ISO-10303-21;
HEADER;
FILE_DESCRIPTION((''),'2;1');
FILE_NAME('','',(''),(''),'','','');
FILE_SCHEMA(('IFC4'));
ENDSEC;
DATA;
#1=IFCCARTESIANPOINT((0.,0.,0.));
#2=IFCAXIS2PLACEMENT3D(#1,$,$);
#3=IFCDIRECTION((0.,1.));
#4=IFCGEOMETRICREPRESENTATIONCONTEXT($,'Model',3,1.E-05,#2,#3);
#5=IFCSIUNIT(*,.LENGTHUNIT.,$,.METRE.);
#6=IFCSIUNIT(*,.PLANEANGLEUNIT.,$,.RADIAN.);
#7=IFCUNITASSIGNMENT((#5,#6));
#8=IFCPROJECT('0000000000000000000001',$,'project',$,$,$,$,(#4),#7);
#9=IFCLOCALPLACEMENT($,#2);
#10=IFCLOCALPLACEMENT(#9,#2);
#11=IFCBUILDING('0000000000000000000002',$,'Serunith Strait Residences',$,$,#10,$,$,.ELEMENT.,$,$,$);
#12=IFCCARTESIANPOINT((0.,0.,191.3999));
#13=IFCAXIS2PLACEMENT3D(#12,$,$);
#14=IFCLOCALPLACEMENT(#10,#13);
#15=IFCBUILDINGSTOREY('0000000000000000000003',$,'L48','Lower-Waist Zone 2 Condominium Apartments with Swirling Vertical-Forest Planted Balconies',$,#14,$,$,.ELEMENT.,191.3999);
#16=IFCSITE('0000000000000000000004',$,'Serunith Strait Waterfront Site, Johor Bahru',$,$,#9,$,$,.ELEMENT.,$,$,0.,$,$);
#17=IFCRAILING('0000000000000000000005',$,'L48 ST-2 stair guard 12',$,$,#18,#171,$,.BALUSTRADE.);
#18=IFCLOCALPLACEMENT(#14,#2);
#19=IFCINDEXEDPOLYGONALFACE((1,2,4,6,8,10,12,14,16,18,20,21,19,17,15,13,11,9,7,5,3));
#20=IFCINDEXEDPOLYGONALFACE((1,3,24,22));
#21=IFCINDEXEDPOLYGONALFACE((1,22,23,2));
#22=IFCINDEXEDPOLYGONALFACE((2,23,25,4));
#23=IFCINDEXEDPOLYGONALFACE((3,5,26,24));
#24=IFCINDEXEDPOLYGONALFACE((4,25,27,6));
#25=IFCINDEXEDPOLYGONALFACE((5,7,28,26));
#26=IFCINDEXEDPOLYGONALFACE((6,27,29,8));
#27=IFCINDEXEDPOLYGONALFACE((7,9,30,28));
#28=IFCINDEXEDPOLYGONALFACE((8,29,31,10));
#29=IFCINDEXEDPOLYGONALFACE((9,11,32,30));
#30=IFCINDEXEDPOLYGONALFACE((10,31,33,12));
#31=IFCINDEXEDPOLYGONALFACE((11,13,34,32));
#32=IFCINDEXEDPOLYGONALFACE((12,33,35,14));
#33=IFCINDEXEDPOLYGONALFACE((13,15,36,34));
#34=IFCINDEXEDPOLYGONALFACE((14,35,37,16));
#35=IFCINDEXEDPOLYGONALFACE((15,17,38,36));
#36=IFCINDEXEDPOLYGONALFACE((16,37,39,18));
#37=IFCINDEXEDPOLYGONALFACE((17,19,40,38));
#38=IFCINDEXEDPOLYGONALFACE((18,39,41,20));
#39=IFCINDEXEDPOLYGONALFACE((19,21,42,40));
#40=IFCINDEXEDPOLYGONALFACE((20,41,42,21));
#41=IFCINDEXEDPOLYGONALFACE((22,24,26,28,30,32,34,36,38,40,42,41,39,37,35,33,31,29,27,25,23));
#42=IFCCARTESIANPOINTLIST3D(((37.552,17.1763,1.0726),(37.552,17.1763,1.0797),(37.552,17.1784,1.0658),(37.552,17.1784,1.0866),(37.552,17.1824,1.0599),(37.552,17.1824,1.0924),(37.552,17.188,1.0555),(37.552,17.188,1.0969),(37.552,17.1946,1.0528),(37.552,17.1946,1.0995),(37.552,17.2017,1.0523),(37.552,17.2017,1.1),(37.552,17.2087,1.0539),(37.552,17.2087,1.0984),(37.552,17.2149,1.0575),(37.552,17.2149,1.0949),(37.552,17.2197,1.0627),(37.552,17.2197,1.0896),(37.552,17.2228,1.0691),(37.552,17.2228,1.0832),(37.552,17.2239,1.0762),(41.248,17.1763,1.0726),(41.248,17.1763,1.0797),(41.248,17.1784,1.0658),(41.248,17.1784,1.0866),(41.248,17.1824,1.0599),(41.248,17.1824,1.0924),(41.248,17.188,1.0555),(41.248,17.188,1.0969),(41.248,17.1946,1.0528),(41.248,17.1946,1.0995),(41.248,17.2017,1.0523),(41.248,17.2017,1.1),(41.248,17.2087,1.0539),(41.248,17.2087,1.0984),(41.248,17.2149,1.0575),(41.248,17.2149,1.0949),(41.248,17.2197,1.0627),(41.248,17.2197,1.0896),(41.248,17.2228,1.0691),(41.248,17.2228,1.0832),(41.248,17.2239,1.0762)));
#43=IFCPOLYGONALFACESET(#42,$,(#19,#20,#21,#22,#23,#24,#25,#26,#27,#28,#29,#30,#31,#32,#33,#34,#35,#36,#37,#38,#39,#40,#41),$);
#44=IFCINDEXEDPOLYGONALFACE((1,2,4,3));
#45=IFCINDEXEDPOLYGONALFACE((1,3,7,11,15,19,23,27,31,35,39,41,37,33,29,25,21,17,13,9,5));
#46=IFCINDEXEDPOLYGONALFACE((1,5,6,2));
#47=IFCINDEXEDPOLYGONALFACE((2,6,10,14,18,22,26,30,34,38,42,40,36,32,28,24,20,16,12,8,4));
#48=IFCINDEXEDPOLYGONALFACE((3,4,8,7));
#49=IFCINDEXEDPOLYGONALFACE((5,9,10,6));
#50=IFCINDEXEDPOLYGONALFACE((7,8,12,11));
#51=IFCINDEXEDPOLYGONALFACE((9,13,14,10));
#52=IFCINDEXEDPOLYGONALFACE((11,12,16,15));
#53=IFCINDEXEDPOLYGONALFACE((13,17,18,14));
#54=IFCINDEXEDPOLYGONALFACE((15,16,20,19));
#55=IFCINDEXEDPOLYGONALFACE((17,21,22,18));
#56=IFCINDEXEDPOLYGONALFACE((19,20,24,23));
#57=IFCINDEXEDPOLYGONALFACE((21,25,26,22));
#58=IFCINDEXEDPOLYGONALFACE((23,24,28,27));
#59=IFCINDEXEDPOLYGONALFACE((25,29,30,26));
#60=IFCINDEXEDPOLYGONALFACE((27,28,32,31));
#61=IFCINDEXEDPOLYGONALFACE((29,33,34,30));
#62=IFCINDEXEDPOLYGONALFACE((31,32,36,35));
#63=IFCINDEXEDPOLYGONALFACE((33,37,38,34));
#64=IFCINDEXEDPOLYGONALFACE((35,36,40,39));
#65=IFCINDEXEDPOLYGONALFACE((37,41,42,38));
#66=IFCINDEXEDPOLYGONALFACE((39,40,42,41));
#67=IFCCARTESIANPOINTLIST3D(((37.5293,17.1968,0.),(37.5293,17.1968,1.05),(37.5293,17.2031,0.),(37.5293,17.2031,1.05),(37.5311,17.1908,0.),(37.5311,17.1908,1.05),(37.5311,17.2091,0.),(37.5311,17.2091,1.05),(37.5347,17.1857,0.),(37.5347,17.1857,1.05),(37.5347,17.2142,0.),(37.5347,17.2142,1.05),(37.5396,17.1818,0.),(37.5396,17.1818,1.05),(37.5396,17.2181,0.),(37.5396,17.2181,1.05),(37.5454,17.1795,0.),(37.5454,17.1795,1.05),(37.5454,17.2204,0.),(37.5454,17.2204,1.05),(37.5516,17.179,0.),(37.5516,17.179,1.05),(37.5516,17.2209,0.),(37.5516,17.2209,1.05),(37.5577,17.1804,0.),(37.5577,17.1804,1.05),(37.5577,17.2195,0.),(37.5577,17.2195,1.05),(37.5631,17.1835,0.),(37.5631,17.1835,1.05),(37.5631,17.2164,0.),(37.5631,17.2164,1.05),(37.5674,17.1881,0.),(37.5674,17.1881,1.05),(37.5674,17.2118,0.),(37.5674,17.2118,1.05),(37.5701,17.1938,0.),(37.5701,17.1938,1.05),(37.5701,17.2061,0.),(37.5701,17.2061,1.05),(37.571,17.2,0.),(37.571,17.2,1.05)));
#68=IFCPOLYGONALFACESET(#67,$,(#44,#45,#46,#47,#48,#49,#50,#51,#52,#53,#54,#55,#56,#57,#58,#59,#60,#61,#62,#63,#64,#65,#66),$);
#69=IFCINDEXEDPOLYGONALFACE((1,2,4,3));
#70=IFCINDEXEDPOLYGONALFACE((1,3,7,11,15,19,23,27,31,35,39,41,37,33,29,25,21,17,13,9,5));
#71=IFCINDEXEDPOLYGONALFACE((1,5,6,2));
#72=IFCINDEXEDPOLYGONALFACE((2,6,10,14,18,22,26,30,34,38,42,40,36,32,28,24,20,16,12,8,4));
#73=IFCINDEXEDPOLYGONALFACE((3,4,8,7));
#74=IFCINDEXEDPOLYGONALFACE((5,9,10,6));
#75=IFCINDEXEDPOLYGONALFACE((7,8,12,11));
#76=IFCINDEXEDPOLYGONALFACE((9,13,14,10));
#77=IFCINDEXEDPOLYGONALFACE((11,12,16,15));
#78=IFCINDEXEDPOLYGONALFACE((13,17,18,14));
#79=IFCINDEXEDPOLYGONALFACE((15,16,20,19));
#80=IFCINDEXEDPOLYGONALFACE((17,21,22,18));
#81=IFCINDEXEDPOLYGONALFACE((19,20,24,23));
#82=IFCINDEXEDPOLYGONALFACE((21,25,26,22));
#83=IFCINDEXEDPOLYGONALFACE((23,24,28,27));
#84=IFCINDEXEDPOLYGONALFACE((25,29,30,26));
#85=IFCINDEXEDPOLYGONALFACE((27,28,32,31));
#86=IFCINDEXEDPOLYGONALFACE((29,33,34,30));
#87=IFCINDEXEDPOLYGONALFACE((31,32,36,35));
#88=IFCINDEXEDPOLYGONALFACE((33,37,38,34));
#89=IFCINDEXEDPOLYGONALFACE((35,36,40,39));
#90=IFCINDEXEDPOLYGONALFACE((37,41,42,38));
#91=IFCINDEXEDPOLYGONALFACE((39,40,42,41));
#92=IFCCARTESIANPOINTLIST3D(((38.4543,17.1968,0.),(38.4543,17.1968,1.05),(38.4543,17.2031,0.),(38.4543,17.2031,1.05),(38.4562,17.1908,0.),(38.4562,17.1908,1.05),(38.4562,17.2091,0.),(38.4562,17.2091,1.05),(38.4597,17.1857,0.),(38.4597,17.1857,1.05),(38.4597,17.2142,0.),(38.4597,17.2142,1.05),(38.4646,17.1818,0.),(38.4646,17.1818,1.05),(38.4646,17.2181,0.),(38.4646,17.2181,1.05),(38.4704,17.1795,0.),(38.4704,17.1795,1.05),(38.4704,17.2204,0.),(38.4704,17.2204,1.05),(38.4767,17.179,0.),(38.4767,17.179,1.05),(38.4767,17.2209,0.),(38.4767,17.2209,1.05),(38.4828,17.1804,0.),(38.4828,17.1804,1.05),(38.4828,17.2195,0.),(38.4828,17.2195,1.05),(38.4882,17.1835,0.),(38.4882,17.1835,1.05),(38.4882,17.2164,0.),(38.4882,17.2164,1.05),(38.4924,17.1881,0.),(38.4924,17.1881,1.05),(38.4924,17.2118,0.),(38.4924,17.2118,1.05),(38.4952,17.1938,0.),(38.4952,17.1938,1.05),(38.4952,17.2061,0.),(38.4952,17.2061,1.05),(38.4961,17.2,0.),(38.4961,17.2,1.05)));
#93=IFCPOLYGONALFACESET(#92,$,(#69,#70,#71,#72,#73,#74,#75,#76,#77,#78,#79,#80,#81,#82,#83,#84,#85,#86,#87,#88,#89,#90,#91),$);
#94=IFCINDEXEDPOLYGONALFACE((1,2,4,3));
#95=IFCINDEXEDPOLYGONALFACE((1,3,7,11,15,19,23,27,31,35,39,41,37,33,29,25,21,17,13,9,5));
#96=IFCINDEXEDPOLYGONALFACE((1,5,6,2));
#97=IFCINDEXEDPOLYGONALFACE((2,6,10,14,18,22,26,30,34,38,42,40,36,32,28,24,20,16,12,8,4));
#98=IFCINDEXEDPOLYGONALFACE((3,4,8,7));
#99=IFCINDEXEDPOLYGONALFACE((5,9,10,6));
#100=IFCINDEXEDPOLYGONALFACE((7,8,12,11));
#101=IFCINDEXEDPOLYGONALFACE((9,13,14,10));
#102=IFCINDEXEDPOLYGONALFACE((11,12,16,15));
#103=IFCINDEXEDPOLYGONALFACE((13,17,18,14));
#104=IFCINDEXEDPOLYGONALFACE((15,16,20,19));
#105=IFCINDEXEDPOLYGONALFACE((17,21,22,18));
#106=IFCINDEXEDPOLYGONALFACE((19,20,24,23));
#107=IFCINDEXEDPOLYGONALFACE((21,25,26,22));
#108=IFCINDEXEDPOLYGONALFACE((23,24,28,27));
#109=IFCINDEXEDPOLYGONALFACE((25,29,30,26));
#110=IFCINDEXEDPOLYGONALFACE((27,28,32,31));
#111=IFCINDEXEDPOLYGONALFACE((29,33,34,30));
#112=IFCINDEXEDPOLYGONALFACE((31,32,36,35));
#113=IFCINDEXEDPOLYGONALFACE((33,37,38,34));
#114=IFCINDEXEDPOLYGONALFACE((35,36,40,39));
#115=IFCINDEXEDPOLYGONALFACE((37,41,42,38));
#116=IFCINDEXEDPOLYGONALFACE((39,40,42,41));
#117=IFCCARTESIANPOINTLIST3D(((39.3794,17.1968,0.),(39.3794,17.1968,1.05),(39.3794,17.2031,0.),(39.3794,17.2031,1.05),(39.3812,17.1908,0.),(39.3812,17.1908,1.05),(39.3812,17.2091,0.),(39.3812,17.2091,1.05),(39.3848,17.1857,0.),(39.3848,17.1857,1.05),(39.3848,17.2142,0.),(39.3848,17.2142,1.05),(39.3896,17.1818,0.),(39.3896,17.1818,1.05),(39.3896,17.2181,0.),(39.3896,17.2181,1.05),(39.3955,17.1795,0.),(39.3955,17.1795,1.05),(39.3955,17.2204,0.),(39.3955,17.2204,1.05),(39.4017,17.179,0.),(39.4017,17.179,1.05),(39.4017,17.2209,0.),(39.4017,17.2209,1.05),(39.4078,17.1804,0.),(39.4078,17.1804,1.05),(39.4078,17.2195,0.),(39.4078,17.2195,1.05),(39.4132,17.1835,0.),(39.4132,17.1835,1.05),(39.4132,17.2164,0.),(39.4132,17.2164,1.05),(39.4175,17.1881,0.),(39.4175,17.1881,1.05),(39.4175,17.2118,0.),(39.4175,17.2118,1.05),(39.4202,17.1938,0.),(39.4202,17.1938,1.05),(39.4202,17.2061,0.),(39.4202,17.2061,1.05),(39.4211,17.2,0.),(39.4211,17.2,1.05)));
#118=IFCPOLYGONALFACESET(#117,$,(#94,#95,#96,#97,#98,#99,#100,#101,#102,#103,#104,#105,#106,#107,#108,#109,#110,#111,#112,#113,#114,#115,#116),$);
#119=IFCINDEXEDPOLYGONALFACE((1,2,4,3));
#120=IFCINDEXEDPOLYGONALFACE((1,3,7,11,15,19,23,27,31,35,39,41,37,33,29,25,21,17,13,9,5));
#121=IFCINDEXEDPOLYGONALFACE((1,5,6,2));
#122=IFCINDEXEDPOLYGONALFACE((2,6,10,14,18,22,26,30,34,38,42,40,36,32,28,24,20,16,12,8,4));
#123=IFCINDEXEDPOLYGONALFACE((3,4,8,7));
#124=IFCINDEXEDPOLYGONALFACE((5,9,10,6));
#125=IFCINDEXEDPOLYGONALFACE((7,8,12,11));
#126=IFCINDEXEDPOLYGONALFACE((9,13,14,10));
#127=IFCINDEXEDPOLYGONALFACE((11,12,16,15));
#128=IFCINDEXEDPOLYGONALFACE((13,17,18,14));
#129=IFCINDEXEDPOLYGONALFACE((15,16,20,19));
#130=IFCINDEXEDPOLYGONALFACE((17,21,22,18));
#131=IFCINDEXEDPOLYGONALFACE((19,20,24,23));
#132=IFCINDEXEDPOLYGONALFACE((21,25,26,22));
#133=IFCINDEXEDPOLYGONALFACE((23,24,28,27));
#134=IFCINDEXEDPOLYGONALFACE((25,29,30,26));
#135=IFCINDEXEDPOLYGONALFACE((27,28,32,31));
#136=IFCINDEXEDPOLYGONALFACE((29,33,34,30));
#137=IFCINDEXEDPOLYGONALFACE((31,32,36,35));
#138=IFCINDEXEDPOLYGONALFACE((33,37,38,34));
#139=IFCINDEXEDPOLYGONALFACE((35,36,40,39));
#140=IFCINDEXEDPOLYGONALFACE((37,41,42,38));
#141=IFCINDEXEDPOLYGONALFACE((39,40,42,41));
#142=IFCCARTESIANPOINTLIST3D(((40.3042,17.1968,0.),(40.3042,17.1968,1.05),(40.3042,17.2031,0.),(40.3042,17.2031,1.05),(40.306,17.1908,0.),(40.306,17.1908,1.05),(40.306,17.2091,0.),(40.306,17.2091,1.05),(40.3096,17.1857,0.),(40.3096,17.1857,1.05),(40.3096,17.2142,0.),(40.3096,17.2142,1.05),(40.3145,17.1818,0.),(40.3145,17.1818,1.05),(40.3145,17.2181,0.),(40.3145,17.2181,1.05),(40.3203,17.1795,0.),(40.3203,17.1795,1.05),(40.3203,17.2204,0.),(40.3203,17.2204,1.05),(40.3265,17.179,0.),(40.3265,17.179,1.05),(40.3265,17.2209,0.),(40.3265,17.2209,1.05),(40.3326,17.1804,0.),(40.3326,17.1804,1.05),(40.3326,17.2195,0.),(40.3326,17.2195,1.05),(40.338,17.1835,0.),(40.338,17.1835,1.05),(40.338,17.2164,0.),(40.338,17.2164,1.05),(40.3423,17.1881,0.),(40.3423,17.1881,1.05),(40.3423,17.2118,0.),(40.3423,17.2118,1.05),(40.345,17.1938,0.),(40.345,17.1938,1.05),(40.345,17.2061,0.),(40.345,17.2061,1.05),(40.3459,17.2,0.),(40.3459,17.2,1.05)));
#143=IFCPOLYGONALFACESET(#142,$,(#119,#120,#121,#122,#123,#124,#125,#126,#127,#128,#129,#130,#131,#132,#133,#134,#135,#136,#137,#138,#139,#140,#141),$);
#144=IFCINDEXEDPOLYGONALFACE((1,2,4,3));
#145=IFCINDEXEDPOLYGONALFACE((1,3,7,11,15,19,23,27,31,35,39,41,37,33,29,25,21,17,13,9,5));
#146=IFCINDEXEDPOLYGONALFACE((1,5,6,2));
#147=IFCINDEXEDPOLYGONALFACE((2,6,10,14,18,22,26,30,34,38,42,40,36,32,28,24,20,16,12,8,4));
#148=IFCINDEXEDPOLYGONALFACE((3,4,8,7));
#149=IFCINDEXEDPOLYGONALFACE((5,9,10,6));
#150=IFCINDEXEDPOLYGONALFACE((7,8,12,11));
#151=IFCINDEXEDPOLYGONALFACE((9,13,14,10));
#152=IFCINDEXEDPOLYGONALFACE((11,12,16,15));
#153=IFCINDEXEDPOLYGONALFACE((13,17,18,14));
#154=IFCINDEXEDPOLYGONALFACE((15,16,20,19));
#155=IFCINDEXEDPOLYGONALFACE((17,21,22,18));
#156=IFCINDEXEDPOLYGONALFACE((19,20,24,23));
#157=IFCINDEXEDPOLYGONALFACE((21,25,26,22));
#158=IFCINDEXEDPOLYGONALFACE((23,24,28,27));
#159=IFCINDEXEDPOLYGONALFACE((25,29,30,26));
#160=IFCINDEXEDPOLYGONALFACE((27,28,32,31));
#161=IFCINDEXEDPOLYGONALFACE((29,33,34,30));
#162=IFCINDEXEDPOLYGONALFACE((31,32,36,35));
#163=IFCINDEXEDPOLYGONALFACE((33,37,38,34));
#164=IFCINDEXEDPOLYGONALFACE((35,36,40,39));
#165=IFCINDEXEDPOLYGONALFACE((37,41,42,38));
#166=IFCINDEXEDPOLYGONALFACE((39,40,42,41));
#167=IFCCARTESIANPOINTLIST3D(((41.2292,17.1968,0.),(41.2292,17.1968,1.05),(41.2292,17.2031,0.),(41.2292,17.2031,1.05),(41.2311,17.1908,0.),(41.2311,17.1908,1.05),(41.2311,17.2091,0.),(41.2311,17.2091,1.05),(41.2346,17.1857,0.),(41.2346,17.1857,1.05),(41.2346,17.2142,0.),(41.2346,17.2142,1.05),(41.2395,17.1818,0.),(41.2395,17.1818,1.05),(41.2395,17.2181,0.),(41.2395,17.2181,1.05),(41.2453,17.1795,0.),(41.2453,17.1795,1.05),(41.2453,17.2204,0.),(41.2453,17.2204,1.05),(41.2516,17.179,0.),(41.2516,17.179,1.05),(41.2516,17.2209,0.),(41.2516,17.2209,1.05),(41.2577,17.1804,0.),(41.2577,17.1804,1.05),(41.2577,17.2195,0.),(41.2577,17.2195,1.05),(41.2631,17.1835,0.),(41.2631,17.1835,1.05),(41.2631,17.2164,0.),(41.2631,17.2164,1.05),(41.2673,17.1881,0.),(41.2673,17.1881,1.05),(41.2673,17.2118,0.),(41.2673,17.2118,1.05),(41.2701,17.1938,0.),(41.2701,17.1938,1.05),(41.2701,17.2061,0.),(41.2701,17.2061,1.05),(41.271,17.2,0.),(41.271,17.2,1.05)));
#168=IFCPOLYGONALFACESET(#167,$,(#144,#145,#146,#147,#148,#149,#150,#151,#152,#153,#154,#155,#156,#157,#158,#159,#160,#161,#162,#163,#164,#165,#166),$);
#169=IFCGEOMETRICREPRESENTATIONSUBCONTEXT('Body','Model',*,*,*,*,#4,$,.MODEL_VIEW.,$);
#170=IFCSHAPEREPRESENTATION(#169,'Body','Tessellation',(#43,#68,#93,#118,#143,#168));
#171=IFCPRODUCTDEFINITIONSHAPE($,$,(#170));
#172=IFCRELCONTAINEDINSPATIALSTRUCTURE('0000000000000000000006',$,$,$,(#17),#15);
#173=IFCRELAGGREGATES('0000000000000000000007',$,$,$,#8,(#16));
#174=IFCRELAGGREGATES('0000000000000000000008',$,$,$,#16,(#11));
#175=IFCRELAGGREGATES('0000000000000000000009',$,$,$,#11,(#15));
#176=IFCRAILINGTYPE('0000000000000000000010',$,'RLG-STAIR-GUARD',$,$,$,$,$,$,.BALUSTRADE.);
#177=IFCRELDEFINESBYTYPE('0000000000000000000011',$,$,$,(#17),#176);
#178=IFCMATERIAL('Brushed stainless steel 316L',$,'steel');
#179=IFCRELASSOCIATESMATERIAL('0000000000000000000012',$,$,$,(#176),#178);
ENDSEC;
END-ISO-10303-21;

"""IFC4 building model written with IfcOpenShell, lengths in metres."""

from ifc_helpers import new_model, si_unit, direction, frame, origin, origin_2d, place, context, subcontext, project, spatial, circle, extrude, material, type_object, element, save


model = new_model("IFC4")

# Units and contexts
model_context = context("Model", 3, precision=1e-05, world=origin(), true_north=direction((0.0, 1.0)))
body_context = subcontext(model_context, "Body", "Model", "MODEL_VIEW")
ifc_project = project(units=[si_unit("LENGTHUNIT", "METRE"), si_unit("PLANEANGLEUNIT", "RADIAN")], contexts=[model_context])

# Site, building, storey
site_placement = place(None, origin())
site = spatial("IfcSite", under=ifc_project, at=site_placement, Name="Serunith Strait Waterfront Site, Johor Bahru", CompositionType="ELEMENT", RefElevation=0.0)
building_placement = place(site_placement, origin())
building = spatial("IfcBuilding", under=site, at=building_placement, Name="Serunith Strait Residences", CompositionType="ELEMENT")
storey_placement = place(building_placement, frame((0.0, 0.0, 191.3999)))
storey = spatial("IfcBuildingStorey", under=building, at=storey_placement, Name="L48", Description="Lower-Waist Zone 2 Condominium Apartments with Swirling Vertical-Forest Planted Balconies", CompositionType="ELEMENT", Elevation=191.3999)

# Railing
ifc_material_1 = material(Name="Brushed stainless steel 316L", Category="steel")
railing_type_1 = type_object("IfcRailingType", Name="RLG-STAIR-GUARD", PredefinedType="BALUSTRADE", material=ifc_material_1)
railing_1_placement = place(storey_placement, frame((37.55, 17.2, 0.0)))
element("IfcRailing", 1, at=railing_1_placement, inside=storey, type_object=railing_type_1, Name="L48 ST-2 stair guard 12", PredefinedType="BALUSTRADE", context=body_context, shape_type="SweptSolid", body=[
    extrude(circle(Radius=0.0239, at=origin_2d()), frame((0.002, 0.0, 1.0762), z_axis=(1.0, 0.0, 0.0), x_axis=(0.0, 1.0, 0.0)), (0.0, 0.0, 1.0), 3.696),
    extrude(circle(Radius=0.021, at=origin_2d()), origin(), (0.0, 0.0, 1.0), 1.05),
    extrude(circle(Radius=0.021, at=origin_2d()), frame((0.925, 0.0, 0.0)), (0.0, 0.0, 1.0), 1.05),
    extrude(circle(Radius=0.021, at=origin_2d()), frame((1.8501, 0.0, 0.0)), (0.0, 0.0, 1.0), 1.05),
    extrude(circle(Radius=0.021, at=origin_2d()), frame((2.7749, 0.0, 0.0)), (0.0, 0.0, 1.0), 1.05),
    extrude(circle(Radius=0.021, at=origin_2d()), frame((3.7, 0.0, 0.0)), (0.0, 0.0, 1.0), 1.05),
])

save(model, "model.ifc")
